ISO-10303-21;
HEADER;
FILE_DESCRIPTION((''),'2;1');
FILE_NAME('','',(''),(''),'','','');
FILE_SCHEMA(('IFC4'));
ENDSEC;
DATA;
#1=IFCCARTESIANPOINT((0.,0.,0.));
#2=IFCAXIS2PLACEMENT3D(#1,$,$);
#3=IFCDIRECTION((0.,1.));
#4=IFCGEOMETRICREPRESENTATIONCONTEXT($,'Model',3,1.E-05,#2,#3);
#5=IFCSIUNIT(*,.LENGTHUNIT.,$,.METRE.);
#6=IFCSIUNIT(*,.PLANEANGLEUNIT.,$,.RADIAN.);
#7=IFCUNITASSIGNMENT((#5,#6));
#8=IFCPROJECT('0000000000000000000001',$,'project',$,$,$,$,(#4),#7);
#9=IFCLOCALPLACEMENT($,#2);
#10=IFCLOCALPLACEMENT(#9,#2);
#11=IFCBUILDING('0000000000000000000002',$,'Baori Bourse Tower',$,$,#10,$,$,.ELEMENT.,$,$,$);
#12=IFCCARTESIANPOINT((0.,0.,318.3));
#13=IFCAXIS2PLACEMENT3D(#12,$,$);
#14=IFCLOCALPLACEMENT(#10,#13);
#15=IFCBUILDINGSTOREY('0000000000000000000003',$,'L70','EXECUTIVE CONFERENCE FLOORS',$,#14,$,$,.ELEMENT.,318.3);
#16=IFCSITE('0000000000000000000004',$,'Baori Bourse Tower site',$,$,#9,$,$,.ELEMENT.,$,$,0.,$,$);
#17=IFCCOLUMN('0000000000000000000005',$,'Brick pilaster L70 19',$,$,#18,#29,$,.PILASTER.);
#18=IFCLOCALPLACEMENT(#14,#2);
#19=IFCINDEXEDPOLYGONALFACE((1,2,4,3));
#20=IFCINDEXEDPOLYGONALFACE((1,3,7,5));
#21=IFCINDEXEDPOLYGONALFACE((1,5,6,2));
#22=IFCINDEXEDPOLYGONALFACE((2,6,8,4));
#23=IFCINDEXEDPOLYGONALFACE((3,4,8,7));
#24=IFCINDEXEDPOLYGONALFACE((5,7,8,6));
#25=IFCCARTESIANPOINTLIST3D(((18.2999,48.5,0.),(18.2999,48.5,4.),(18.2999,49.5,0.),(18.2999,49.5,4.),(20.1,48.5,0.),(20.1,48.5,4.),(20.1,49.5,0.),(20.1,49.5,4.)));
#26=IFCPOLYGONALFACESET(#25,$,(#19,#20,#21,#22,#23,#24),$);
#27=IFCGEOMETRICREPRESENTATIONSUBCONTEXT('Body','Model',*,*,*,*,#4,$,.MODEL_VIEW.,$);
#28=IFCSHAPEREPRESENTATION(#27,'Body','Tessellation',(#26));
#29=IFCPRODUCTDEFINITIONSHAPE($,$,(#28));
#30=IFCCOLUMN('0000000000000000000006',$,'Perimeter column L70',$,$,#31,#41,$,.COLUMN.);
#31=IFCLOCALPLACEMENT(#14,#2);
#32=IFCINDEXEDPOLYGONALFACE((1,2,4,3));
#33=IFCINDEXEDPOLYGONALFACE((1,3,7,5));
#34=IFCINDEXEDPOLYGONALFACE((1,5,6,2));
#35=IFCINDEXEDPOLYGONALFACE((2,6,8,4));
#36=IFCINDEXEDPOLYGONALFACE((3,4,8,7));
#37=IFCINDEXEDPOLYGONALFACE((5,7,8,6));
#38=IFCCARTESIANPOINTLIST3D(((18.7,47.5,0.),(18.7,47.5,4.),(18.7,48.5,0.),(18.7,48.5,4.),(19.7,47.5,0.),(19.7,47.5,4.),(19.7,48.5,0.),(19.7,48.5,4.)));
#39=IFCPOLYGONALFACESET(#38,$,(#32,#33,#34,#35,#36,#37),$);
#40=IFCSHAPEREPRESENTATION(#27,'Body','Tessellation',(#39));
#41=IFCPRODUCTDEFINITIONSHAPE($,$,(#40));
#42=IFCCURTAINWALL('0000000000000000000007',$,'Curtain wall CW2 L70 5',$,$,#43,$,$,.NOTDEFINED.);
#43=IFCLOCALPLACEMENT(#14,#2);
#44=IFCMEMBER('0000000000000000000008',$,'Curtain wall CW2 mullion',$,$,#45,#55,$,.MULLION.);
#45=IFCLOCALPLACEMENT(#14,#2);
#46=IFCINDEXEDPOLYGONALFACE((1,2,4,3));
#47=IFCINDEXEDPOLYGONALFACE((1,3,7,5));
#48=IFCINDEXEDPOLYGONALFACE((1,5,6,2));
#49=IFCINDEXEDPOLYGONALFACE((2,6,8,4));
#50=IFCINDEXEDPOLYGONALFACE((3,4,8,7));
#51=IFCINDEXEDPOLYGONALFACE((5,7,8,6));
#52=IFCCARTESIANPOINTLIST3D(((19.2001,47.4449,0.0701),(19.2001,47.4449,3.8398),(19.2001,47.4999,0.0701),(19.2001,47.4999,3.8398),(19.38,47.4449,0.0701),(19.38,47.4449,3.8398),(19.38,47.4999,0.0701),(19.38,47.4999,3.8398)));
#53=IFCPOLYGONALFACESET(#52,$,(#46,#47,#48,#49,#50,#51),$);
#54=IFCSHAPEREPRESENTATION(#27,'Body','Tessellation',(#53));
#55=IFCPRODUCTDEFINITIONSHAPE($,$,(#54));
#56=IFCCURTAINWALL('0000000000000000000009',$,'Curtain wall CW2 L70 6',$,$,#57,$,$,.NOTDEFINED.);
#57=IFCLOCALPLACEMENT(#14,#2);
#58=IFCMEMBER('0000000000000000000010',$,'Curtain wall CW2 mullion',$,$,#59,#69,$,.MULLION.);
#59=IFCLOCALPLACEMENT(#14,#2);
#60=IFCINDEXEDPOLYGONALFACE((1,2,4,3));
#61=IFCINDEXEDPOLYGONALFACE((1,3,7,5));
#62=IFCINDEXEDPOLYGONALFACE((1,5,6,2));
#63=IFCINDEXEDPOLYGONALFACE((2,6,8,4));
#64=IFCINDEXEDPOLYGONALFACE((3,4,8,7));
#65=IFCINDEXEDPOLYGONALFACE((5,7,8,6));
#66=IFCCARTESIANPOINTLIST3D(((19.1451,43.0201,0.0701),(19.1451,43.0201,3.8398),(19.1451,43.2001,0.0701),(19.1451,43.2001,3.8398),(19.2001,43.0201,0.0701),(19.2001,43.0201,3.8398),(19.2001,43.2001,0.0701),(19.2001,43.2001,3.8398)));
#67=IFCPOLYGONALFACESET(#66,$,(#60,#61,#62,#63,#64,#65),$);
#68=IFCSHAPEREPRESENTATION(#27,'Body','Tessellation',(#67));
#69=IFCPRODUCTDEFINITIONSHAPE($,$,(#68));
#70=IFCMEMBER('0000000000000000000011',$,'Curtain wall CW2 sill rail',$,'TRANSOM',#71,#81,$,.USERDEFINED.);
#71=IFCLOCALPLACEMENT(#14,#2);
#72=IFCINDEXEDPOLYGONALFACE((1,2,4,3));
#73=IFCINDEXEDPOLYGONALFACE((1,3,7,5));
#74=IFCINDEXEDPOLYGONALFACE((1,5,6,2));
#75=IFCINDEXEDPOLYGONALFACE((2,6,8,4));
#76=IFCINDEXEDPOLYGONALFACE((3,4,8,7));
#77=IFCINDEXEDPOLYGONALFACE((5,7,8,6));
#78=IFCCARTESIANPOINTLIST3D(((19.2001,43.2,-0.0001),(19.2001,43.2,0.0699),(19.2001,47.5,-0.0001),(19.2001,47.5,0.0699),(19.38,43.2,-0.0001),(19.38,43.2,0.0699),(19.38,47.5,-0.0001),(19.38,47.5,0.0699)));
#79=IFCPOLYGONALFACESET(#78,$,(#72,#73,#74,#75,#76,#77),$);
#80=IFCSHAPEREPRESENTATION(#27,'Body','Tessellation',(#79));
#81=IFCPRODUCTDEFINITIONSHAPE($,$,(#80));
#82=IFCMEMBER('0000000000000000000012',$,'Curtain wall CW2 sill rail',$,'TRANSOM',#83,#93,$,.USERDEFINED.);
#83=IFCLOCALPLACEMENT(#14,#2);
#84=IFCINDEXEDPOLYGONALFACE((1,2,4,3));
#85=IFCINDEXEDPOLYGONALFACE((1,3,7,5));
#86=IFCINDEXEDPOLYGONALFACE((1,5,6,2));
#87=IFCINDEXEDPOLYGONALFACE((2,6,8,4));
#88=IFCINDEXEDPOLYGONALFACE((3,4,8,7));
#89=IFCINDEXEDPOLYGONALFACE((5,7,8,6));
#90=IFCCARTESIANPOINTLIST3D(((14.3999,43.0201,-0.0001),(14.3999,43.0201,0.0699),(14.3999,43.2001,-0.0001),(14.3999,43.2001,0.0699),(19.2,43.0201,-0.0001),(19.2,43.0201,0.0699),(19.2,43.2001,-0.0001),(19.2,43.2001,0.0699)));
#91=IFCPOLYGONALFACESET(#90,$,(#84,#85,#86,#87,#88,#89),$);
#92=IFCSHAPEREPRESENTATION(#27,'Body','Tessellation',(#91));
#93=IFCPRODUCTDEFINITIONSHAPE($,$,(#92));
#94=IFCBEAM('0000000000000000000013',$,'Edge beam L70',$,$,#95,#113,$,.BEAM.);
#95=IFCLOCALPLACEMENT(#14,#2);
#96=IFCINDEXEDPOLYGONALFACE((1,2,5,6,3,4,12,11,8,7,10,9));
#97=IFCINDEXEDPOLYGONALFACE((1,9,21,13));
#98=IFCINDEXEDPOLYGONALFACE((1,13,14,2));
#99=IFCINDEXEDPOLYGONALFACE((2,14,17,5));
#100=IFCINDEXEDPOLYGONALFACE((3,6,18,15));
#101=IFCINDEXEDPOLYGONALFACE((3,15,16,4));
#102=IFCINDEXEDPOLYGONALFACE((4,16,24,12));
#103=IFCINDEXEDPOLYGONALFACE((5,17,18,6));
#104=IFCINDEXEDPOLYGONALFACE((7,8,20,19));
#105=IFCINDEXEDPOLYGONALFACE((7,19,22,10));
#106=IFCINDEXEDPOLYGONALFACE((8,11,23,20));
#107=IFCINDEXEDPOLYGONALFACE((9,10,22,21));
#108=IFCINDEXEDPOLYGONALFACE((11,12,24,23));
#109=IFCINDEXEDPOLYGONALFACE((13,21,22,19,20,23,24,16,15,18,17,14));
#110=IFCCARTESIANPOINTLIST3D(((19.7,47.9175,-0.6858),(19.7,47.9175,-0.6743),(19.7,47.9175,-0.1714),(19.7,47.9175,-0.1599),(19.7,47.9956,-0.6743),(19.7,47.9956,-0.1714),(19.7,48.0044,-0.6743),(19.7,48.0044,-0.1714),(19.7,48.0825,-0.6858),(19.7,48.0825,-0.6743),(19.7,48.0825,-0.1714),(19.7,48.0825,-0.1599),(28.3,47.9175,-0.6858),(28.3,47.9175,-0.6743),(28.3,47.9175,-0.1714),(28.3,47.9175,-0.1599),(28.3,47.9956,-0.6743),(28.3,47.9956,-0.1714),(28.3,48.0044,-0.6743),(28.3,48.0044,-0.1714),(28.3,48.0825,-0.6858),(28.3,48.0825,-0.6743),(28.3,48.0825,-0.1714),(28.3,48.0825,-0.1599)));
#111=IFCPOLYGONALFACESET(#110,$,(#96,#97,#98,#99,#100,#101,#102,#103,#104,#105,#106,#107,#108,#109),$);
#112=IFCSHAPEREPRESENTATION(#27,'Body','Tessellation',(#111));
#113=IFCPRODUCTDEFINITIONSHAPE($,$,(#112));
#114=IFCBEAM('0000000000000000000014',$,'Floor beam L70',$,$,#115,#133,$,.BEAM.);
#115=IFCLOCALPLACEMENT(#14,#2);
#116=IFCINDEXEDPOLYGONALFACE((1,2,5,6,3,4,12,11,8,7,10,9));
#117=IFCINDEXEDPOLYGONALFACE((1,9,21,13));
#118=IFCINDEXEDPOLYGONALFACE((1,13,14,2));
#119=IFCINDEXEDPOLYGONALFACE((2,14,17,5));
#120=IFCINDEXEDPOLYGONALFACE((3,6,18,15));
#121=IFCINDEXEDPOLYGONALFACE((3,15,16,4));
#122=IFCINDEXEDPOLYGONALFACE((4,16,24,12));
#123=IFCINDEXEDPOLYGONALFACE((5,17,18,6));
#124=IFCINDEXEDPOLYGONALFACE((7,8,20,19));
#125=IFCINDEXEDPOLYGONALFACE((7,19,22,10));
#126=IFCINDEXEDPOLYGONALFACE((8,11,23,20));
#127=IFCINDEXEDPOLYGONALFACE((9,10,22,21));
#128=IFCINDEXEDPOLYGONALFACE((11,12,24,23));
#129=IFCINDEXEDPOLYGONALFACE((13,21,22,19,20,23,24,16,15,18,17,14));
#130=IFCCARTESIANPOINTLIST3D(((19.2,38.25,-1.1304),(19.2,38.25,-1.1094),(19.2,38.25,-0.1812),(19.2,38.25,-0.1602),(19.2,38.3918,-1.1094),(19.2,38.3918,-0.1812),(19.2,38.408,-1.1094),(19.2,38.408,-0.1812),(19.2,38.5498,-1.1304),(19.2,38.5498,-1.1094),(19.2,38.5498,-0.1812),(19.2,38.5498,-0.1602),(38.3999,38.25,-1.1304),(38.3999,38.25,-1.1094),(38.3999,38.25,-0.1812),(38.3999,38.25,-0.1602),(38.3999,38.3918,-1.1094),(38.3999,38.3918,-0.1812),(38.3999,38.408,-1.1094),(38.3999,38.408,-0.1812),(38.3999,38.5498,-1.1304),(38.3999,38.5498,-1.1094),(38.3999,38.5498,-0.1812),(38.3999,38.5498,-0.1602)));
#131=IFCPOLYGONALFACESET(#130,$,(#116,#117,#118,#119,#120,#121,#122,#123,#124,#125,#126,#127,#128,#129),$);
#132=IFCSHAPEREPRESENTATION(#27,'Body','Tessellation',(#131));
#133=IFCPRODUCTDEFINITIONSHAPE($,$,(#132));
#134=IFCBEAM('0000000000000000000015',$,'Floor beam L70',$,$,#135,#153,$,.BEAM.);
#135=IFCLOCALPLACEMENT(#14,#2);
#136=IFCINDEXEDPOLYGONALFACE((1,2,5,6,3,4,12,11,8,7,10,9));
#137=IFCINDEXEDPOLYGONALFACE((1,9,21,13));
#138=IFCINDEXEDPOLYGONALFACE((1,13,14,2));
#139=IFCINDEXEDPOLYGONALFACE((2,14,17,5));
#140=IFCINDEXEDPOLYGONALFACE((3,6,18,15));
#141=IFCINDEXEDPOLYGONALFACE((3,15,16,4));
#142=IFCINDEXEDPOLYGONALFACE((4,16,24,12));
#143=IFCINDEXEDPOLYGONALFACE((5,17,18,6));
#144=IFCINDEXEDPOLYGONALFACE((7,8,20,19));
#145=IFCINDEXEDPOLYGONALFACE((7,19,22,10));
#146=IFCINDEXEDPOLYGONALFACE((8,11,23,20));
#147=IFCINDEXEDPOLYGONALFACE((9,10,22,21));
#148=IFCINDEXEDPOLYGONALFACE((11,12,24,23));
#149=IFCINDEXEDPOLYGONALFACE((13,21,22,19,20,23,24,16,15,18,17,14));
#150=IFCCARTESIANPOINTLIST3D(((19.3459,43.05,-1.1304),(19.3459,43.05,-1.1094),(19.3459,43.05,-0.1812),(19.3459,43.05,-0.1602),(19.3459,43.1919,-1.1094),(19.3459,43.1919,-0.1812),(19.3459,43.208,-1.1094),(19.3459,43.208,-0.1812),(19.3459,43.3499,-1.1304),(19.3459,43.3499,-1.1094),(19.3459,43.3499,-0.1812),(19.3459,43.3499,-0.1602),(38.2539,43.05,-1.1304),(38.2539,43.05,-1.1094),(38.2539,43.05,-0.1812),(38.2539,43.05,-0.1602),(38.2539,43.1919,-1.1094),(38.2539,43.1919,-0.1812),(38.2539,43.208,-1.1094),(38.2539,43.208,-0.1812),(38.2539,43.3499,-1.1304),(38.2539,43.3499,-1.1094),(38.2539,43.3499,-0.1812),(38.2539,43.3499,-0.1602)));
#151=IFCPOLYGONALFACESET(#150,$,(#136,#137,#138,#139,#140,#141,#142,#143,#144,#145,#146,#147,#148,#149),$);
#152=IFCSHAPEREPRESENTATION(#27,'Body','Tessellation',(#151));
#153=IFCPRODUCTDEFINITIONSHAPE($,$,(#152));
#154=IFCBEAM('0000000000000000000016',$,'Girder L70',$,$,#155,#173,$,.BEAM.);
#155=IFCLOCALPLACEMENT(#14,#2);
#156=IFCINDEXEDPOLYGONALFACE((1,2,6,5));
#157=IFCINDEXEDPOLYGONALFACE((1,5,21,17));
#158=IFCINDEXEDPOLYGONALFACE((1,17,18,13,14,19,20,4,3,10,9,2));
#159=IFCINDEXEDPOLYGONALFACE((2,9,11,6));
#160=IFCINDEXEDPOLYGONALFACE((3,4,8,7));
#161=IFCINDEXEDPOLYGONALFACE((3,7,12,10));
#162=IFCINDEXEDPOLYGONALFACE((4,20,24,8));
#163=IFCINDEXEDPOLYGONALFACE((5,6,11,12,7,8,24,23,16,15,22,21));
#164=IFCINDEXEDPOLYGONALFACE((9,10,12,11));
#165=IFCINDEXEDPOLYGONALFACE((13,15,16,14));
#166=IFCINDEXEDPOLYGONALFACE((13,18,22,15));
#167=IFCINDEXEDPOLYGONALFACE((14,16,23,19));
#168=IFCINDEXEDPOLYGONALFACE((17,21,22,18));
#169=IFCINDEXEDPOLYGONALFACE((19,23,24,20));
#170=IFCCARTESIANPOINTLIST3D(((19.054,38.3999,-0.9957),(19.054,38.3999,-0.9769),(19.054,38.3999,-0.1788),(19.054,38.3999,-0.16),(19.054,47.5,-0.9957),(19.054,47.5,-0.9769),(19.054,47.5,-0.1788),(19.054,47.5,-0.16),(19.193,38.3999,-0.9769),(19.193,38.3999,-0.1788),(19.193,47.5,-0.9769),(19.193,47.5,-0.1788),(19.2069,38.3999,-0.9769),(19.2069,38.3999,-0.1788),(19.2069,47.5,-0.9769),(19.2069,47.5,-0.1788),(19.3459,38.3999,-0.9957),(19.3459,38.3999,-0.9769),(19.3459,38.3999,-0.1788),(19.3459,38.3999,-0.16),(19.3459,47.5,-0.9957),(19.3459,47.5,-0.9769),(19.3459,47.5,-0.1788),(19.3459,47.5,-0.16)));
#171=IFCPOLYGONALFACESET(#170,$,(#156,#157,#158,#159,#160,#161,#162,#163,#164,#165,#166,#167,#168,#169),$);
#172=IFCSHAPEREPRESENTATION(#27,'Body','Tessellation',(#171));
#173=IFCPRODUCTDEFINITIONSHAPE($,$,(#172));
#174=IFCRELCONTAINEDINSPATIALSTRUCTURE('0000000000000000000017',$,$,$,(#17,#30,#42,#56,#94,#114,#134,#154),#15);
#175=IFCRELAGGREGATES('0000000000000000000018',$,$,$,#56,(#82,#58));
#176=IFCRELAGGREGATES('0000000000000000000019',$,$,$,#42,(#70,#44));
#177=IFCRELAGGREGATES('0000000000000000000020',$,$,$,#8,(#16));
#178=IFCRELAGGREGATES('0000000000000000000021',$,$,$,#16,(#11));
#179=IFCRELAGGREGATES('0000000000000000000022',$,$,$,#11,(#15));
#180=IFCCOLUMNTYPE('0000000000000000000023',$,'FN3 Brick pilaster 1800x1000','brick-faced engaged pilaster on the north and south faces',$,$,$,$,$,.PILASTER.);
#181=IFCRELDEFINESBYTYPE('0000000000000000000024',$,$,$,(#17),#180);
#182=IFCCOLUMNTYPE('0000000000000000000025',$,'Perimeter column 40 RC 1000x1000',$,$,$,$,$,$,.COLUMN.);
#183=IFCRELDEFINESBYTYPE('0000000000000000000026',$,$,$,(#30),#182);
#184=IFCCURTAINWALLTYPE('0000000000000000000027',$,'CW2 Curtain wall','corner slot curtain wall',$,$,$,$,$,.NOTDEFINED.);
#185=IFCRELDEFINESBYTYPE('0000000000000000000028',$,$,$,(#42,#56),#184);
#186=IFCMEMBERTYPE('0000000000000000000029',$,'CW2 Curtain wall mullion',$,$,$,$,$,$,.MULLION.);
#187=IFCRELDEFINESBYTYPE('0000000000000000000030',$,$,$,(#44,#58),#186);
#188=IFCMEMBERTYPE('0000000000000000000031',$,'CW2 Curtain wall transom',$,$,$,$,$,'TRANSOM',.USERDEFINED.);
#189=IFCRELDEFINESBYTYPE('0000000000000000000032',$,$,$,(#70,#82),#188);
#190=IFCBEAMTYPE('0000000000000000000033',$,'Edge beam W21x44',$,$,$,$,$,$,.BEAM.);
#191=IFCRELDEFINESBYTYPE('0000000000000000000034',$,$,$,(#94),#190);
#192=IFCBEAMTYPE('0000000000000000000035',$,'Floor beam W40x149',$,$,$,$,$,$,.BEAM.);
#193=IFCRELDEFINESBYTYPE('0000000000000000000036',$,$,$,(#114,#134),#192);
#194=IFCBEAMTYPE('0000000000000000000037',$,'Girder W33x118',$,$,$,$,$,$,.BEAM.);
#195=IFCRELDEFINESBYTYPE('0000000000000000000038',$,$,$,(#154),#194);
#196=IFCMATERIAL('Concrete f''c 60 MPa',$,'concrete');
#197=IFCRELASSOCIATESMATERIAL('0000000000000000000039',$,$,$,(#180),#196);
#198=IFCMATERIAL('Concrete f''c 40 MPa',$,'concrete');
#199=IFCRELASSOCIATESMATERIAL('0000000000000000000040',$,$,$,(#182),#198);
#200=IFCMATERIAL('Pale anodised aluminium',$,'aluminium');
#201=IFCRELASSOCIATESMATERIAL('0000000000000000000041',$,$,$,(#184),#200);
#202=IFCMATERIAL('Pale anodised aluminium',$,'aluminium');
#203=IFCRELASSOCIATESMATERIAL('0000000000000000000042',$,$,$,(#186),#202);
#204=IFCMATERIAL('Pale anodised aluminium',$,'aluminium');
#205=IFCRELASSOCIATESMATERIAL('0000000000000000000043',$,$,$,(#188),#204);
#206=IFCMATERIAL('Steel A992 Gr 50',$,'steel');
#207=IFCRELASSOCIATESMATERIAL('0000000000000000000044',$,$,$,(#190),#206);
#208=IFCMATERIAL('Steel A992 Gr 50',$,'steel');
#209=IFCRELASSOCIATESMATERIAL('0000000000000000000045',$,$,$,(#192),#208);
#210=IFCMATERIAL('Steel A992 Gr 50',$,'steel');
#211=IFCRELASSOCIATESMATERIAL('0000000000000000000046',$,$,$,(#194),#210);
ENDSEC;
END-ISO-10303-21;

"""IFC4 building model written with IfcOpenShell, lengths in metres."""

from ifc_helpers import new_model, si_unit, direction, frame, origin, origin_2d, place, context, subcontext, project, spatial, rectangle, i_section, extrude, material, material_profile, profile_set, type_object, element, aggregate, save


model = new_model("IFC4")

# Units and contexts
model_context = context("Model", 3, precision=1e-05, world=origin(), true_north=direction((0.0, 1.0)))
body_context = subcontext(model_context, "Body", "Model", "MODEL_VIEW")
ifc_project = project(units=[si_unit("LENGTHUNIT", "METRE"), si_unit("PLANEANGLEUNIT", "RADIAN")], contexts=[model_context])

# Site, building, storey
site_placement = place(None, origin())
site = spatial("IfcSite", under=ifc_project, at=site_placement, Name="Baori Bourse Tower site", CompositionType="ELEMENT", RefElevation=0.0)
building_placement = place(site_placement, origin())
building = spatial("IfcBuilding", under=site, at=building_placement, Name="Baori Bourse Tower", CompositionType="ELEMENT")
storey_placement = place(building_placement, frame((0.0, 0.0, 318.3)))
storey = spatial("IfcBuildingStorey", under=building, at=storey_placement, Name="L70", Description="EXECUTIVE CONFERENCE FLOORS", CompositionType="ELEMENT", Elevation=318.3)

# Columns
ifc_material_1 = material(Name="Concrete f'c 60 MPa", Category="concrete")
ifc_material_profile_1 = material_profile(ifc_material_1, rectangle(XDim=1.8, YDim=1.0, at=origin_2d()), Name="RC 1800x1000")
ifc_profile_set_1 = profile_set([ifc_material_profile_1], Name="Concrete f'c 60 MPa")
column_type_1 = type_object("IfcColumnType", Name="FN3 Brick pilaster 1800x1000", Description="brick-faced engaged pilaster on the north and south faces", PredefinedType="PILASTER", material=ifc_profile_set_1)
column_1_placement = place(storey_placement, frame((19.2, 49.0, 0.0), z_axis=(0.0, 0.0, 1.0), x_axis=(1.0, 0.0, 0.0)))
element("IfcColumn", 1, at=column_1_placement, inside=storey, type_object=column_type_1, Name="Brick pilaster L70 19", PredefinedType="PILASTER", context=body_context, shape_type="SweptSolid", body=[
    extrude(rectangle(XDim=1.8, YDim=1.0, at=origin_2d()), origin(), (0.0, 0.0, 1.0), 4.0),
])
ifc_material_2 = material(Name="Concrete f'c 40 MPa", Category="concrete")
ifc_material_profile_2 = material_profile(ifc_material_2, rectangle(XDim=1.0, YDim=1.0, at=origin_2d()), Name="RC 1000x1000")
ifc_profile_set_2 = profile_set([ifc_material_profile_2], Name="Concrete f'c 40 MPa")
column_type_2 = type_object("IfcColumnType", Name="Perimeter column 40 RC 1000x1000", PredefinedType="COLUMN", material=ifc_profile_set_2)
column_2_placement = place(storey_placement, frame((19.2, 48.0, 0.0), z_axis=(0.0, 0.0, 1.0), x_axis=(1.0, 0.0, 0.0)))
element("IfcColumn", 2, at=column_2_placement, inside=storey, type_object=column_type_2, Name="Perimeter column L70", PredefinedType="COLUMN", context=body_context, shape_type="SweptSolid", body=[
    extrude(rectangle(XDim=1.0, YDim=1.0, at=origin_2d()), origin(), (0.0, 0.0, 1.0), 4.0),
])

# Curtain walls, members
ifc_material_3 = material(Name="Pale anodised aluminium", Category="aluminium")
curtain_wall_type_1 = type_object("IfcCurtainWallType", Name="CW2 Curtain wall", Description="corner slot curtain wall", PredefinedType="NOTDEFINED", material=ifc_material_3)
curtain_wall_1_placement = place(storey_placement, origin())
curtain_wall_1 = element("IfcCurtainWall", 3, at=curtain_wall_1_placement, inside=storey, type_object=curtain_wall_type_1, Name="Curtain wall CW2 L70 5", PredefinedType="NOTDEFINED")
ifc_material_4 = material(Name="Pale anodised aluminium", Category="aluminium")
ifc_material_profile_3 = material_profile(ifc_material_4, rectangle(XDim=0.1799, YDim=0.0549, at=origin_2d()), Name="Mullion 55x180")
ifc_profile_set_3 = profile_set([ifc_material_profile_3], Name="Pale anodised aluminium")
member_type_1 = type_object("IfcMemberType", Name="CW2 Curtain wall mullion", PredefinedType="MULLION", material=ifc_profile_set_3)
member_1_placement = place(storey_placement, frame((19.29, 47.4724, 0.0701), z_axis=(0.0, 0.0, 1.0), x_axis=(1.0, 0.0, 0.0)))
member_1 = element("IfcMember", 4, at=member_1_placement, type_object=member_type_1, Name="Curtain wall CW2 mullion", PredefinedType="MULLION", context=body_context, shape_type="SweptSolid", body=[
    extrude(rectangle(XDim=0.1799, YDim=0.0549, at=origin_2d()), origin(), (0.0, 0.0, 1.0), 3.7698),
])
curtain_wall_2_placement = place(storey_placement, origin())
curtain_wall_2 = element("IfcCurtainWall", 5, at=curtain_wall_2_placement, inside=storey, type_object=curtain_wall_type_1, Name="Curtain wall CW2 L70 6", PredefinedType="NOTDEFINED")
member_2_placement = place(storey_placement, frame((19.1726, 43.1101, 0.0701), z_axis=(0.0, 0.0, 1.0), x_axis=(0.0, -1.0, 0.0)))
member_2 = element("IfcMember", 6, at=member_2_placement, type_object=member_type_1, Name="Curtain wall CW2 mullion", PredefinedType="MULLION", context=body_context, shape_type="SweptSolid", body=[
    extrude(rectangle(XDim=0.1799, YDim=0.0549, at=origin_2d()), origin(), (0.0, 0.0, 1.0), 3.7698),
])

# Members
ifc_material_5 = material(Name="Pale anodised aluminium", Category="aluminium")
ifc_material_profile_4 = material_profile(ifc_material_5, rectangle(XDim=0.1799, YDim=0.0701, at=origin_2d()), Name="Transom 70x180")
ifc_profile_set_4 = profile_set([ifc_material_profile_4], Name="Pale anodised aluminium")
member_type_2 = type_object("IfcMemberType", Name="CW2 Curtain wall transom", ElementType="TRANSOM", PredefinedType="USERDEFINED", material=ifc_profile_set_4)
member_3_placement = place(storey_placement, frame((19.29, 47.5, 0.0349), z_axis=(0.0, -1.0, 0.0), x_axis=(1.0, 0.0, 0.0)))
member_3 = element("IfcMember", 7, at=member_3_placement, type_object=member_type_2, Name="Curtain wall CW2 sill rail", ObjectType="TRANSOM", PredefinedType="USERDEFINED", context=body_context, shape_type="SweptSolid", body=[
    extrude(rectangle(XDim=0.1799, YDim=0.0701, at=origin_2d()), origin(), (0.0, 0.0, 1.0), 4.3),
])
member_4_placement = place(storey_placement, frame((19.2, 43.1101, 0.0349), z_axis=(-1.0, 0.0, 0.0), x_axis=(0.0, -1.0, 0.0)))
member_4 = element("IfcMember", 8, at=member_4_placement, type_object=member_type_2, Name="Curtain wall CW2 sill rail", ObjectType="TRANSOM", PredefinedType="USERDEFINED", context=body_context, shape_type="SweptSolid", body=[
    extrude(rectangle(XDim=0.1799, YDim=0.0701, at=origin_2d()), origin(), (0.0, 0.0, 1.0), 4.8),
])
aggregate(curtain_wall_2, [member_4, member_2])

# Beams
ifc_material_6 = material(Name="Steel A992 Gr 50", Category="steel")
ifc_material_profile_5 = material_profile(ifc_material_6, i_section(OverallWidth=0.165, OverallDepth=0.5259, WebThickness=0.0088, FlangeThickness=0.0115, at=origin_2d()), Name="W21x44")
ifc_profile_set_5 = profile_set([ifc_material_profile_5], Name="Steel A992 Gr 50")
beam_type_1 = type_object("IfcBeamType", Name="Edge beam W21x44", PredefinedType="BEAM", material=ifc_profile_set_5)
beam_1_placement = place(storey_placement, frame((19.7, 48.0, -0.4229), z_axis=(1.0, 0.0, 0.0), x_axis=(0.0, 1.0, 0.0)))
element("IfcBeam", 9, at=beam_1_placement, inside=storey, type_object=beam_type_1, Name="Edge beam L70", PredefinedType="BEAM", context=body_context, shape_type="SweptSolid", body=[
    extrude(i_section(OverallWidth=0.165, OverallDepth=0.5259, WebThickness=0.0088, FlangeThickness=0.0115, at=origin_2d()), origin(), (0.0, 0.0, 1.0), 8.6001),
])
ifc_material_7 = material(Name="Steel A992 Gr 50", Category="steel")
ifc_material_profile_6 = material_profile(ifc_material_7, i_section(OverallWidth=0.2998, OverallDepth=0.9702, WebThickness=0.0161, FlangeThickness=0.021, at=origin_2d()), Name="W40x149")
ifc_profile_set_6 = profile_set([ifc_material_profile_6], Name="Steel A992 Gr 50")
beam_type_2 = type_object("IfcBeamType", Name="Floor beam W40x149", PredefinedType="BEAM", material=ifc_profile_set_6)
beam_2_placement = place(storey_placement, frame((19.2, 38.3999, -0.6453), z_axis=(1.0, 0.0, 0.0), x_axis=(0.0, 1.0, 0.0)))
element("IfcBeam", 10, at=beam_2_placement, inside=storey, type_object=beam_type_2, Name="Floor beam L70", PredefinedType="BEAM", context=body_context, shape_type="SweptSolid", body=[
    extrude(i_section(OverallWidth=0.2998, OverallDepth=0.9702, WebThickness=0.0161, FlangeThickness=0.021, at=origin_2d()), origin(), (0.0, 0.0, 1.0), 19.2),
])
beam_3_placement = place(storey_placement, frame((19.3459, 43.2, -0.6453), z_axis=(1.0, 0.0, 0.0), x_axis=(0.0, 1.0, 0.0)))
element("IfcBeam", 11, at=beam_3_placement, inside=storey, type_object=beam_type_2, Name="Floor beam L70", PredefinedType="BEAM", context=body_context, shape_type="SweptSolid", body=[
    extrude(i_section(OverallWidth=0.2998, OverallDepth=0.9702, WebThickness=0.0161, FlangeThickness=0.021, at=origin_2d()), origin(), (0.0, 0.0, 1.0), 18.908),
])
ifc_material_8 = material(Name="Steel A992 Gr 50", Category="steel")
ifc_material_profile_7 = material_profile(ifc_material_8, i_section(OverallWidth=0.292, OverallDepth=0.8357, WebThickness=0.0139, FlangeThickness=0.0188, at=origin_2d()), Name="W33x118")
ifc_profile_set_7 = profile_set([ifc_material_profile_7], Name="Steel A992 Gr 50")
beam_type_3 = type_object("IfcBeamType", Name="Girder W33x118", PredefinedType="BEAM", material=ifc_profile_set_7)
beam_4_placement = place(storey_placement, frame((19.2, 38.3999, -0.5779), z_axis=(0.0, 1.0, 0.0), x_axis=(-1.0, 0.0, 0.0)))
element("IfcBeam", 12, at=beam_4_placement, inside=storey, type_object=beam_type_3, Name="Girder L70", PredefinedType="BEAM", context=body_context, shape_type="SweptSolid", body=[
    extrude(i_section(OverallWidth=0.292, OverallDepth=0.8357, WebThickness=0.0139, FlangeThickness=0.0188, at=origin_2d()), origin(), (0.0, 0.0, 1.0), 9.1001),
])

aggregate(curtain_wall_1, [member_3, member_1])

save(model, "model.ifc")
